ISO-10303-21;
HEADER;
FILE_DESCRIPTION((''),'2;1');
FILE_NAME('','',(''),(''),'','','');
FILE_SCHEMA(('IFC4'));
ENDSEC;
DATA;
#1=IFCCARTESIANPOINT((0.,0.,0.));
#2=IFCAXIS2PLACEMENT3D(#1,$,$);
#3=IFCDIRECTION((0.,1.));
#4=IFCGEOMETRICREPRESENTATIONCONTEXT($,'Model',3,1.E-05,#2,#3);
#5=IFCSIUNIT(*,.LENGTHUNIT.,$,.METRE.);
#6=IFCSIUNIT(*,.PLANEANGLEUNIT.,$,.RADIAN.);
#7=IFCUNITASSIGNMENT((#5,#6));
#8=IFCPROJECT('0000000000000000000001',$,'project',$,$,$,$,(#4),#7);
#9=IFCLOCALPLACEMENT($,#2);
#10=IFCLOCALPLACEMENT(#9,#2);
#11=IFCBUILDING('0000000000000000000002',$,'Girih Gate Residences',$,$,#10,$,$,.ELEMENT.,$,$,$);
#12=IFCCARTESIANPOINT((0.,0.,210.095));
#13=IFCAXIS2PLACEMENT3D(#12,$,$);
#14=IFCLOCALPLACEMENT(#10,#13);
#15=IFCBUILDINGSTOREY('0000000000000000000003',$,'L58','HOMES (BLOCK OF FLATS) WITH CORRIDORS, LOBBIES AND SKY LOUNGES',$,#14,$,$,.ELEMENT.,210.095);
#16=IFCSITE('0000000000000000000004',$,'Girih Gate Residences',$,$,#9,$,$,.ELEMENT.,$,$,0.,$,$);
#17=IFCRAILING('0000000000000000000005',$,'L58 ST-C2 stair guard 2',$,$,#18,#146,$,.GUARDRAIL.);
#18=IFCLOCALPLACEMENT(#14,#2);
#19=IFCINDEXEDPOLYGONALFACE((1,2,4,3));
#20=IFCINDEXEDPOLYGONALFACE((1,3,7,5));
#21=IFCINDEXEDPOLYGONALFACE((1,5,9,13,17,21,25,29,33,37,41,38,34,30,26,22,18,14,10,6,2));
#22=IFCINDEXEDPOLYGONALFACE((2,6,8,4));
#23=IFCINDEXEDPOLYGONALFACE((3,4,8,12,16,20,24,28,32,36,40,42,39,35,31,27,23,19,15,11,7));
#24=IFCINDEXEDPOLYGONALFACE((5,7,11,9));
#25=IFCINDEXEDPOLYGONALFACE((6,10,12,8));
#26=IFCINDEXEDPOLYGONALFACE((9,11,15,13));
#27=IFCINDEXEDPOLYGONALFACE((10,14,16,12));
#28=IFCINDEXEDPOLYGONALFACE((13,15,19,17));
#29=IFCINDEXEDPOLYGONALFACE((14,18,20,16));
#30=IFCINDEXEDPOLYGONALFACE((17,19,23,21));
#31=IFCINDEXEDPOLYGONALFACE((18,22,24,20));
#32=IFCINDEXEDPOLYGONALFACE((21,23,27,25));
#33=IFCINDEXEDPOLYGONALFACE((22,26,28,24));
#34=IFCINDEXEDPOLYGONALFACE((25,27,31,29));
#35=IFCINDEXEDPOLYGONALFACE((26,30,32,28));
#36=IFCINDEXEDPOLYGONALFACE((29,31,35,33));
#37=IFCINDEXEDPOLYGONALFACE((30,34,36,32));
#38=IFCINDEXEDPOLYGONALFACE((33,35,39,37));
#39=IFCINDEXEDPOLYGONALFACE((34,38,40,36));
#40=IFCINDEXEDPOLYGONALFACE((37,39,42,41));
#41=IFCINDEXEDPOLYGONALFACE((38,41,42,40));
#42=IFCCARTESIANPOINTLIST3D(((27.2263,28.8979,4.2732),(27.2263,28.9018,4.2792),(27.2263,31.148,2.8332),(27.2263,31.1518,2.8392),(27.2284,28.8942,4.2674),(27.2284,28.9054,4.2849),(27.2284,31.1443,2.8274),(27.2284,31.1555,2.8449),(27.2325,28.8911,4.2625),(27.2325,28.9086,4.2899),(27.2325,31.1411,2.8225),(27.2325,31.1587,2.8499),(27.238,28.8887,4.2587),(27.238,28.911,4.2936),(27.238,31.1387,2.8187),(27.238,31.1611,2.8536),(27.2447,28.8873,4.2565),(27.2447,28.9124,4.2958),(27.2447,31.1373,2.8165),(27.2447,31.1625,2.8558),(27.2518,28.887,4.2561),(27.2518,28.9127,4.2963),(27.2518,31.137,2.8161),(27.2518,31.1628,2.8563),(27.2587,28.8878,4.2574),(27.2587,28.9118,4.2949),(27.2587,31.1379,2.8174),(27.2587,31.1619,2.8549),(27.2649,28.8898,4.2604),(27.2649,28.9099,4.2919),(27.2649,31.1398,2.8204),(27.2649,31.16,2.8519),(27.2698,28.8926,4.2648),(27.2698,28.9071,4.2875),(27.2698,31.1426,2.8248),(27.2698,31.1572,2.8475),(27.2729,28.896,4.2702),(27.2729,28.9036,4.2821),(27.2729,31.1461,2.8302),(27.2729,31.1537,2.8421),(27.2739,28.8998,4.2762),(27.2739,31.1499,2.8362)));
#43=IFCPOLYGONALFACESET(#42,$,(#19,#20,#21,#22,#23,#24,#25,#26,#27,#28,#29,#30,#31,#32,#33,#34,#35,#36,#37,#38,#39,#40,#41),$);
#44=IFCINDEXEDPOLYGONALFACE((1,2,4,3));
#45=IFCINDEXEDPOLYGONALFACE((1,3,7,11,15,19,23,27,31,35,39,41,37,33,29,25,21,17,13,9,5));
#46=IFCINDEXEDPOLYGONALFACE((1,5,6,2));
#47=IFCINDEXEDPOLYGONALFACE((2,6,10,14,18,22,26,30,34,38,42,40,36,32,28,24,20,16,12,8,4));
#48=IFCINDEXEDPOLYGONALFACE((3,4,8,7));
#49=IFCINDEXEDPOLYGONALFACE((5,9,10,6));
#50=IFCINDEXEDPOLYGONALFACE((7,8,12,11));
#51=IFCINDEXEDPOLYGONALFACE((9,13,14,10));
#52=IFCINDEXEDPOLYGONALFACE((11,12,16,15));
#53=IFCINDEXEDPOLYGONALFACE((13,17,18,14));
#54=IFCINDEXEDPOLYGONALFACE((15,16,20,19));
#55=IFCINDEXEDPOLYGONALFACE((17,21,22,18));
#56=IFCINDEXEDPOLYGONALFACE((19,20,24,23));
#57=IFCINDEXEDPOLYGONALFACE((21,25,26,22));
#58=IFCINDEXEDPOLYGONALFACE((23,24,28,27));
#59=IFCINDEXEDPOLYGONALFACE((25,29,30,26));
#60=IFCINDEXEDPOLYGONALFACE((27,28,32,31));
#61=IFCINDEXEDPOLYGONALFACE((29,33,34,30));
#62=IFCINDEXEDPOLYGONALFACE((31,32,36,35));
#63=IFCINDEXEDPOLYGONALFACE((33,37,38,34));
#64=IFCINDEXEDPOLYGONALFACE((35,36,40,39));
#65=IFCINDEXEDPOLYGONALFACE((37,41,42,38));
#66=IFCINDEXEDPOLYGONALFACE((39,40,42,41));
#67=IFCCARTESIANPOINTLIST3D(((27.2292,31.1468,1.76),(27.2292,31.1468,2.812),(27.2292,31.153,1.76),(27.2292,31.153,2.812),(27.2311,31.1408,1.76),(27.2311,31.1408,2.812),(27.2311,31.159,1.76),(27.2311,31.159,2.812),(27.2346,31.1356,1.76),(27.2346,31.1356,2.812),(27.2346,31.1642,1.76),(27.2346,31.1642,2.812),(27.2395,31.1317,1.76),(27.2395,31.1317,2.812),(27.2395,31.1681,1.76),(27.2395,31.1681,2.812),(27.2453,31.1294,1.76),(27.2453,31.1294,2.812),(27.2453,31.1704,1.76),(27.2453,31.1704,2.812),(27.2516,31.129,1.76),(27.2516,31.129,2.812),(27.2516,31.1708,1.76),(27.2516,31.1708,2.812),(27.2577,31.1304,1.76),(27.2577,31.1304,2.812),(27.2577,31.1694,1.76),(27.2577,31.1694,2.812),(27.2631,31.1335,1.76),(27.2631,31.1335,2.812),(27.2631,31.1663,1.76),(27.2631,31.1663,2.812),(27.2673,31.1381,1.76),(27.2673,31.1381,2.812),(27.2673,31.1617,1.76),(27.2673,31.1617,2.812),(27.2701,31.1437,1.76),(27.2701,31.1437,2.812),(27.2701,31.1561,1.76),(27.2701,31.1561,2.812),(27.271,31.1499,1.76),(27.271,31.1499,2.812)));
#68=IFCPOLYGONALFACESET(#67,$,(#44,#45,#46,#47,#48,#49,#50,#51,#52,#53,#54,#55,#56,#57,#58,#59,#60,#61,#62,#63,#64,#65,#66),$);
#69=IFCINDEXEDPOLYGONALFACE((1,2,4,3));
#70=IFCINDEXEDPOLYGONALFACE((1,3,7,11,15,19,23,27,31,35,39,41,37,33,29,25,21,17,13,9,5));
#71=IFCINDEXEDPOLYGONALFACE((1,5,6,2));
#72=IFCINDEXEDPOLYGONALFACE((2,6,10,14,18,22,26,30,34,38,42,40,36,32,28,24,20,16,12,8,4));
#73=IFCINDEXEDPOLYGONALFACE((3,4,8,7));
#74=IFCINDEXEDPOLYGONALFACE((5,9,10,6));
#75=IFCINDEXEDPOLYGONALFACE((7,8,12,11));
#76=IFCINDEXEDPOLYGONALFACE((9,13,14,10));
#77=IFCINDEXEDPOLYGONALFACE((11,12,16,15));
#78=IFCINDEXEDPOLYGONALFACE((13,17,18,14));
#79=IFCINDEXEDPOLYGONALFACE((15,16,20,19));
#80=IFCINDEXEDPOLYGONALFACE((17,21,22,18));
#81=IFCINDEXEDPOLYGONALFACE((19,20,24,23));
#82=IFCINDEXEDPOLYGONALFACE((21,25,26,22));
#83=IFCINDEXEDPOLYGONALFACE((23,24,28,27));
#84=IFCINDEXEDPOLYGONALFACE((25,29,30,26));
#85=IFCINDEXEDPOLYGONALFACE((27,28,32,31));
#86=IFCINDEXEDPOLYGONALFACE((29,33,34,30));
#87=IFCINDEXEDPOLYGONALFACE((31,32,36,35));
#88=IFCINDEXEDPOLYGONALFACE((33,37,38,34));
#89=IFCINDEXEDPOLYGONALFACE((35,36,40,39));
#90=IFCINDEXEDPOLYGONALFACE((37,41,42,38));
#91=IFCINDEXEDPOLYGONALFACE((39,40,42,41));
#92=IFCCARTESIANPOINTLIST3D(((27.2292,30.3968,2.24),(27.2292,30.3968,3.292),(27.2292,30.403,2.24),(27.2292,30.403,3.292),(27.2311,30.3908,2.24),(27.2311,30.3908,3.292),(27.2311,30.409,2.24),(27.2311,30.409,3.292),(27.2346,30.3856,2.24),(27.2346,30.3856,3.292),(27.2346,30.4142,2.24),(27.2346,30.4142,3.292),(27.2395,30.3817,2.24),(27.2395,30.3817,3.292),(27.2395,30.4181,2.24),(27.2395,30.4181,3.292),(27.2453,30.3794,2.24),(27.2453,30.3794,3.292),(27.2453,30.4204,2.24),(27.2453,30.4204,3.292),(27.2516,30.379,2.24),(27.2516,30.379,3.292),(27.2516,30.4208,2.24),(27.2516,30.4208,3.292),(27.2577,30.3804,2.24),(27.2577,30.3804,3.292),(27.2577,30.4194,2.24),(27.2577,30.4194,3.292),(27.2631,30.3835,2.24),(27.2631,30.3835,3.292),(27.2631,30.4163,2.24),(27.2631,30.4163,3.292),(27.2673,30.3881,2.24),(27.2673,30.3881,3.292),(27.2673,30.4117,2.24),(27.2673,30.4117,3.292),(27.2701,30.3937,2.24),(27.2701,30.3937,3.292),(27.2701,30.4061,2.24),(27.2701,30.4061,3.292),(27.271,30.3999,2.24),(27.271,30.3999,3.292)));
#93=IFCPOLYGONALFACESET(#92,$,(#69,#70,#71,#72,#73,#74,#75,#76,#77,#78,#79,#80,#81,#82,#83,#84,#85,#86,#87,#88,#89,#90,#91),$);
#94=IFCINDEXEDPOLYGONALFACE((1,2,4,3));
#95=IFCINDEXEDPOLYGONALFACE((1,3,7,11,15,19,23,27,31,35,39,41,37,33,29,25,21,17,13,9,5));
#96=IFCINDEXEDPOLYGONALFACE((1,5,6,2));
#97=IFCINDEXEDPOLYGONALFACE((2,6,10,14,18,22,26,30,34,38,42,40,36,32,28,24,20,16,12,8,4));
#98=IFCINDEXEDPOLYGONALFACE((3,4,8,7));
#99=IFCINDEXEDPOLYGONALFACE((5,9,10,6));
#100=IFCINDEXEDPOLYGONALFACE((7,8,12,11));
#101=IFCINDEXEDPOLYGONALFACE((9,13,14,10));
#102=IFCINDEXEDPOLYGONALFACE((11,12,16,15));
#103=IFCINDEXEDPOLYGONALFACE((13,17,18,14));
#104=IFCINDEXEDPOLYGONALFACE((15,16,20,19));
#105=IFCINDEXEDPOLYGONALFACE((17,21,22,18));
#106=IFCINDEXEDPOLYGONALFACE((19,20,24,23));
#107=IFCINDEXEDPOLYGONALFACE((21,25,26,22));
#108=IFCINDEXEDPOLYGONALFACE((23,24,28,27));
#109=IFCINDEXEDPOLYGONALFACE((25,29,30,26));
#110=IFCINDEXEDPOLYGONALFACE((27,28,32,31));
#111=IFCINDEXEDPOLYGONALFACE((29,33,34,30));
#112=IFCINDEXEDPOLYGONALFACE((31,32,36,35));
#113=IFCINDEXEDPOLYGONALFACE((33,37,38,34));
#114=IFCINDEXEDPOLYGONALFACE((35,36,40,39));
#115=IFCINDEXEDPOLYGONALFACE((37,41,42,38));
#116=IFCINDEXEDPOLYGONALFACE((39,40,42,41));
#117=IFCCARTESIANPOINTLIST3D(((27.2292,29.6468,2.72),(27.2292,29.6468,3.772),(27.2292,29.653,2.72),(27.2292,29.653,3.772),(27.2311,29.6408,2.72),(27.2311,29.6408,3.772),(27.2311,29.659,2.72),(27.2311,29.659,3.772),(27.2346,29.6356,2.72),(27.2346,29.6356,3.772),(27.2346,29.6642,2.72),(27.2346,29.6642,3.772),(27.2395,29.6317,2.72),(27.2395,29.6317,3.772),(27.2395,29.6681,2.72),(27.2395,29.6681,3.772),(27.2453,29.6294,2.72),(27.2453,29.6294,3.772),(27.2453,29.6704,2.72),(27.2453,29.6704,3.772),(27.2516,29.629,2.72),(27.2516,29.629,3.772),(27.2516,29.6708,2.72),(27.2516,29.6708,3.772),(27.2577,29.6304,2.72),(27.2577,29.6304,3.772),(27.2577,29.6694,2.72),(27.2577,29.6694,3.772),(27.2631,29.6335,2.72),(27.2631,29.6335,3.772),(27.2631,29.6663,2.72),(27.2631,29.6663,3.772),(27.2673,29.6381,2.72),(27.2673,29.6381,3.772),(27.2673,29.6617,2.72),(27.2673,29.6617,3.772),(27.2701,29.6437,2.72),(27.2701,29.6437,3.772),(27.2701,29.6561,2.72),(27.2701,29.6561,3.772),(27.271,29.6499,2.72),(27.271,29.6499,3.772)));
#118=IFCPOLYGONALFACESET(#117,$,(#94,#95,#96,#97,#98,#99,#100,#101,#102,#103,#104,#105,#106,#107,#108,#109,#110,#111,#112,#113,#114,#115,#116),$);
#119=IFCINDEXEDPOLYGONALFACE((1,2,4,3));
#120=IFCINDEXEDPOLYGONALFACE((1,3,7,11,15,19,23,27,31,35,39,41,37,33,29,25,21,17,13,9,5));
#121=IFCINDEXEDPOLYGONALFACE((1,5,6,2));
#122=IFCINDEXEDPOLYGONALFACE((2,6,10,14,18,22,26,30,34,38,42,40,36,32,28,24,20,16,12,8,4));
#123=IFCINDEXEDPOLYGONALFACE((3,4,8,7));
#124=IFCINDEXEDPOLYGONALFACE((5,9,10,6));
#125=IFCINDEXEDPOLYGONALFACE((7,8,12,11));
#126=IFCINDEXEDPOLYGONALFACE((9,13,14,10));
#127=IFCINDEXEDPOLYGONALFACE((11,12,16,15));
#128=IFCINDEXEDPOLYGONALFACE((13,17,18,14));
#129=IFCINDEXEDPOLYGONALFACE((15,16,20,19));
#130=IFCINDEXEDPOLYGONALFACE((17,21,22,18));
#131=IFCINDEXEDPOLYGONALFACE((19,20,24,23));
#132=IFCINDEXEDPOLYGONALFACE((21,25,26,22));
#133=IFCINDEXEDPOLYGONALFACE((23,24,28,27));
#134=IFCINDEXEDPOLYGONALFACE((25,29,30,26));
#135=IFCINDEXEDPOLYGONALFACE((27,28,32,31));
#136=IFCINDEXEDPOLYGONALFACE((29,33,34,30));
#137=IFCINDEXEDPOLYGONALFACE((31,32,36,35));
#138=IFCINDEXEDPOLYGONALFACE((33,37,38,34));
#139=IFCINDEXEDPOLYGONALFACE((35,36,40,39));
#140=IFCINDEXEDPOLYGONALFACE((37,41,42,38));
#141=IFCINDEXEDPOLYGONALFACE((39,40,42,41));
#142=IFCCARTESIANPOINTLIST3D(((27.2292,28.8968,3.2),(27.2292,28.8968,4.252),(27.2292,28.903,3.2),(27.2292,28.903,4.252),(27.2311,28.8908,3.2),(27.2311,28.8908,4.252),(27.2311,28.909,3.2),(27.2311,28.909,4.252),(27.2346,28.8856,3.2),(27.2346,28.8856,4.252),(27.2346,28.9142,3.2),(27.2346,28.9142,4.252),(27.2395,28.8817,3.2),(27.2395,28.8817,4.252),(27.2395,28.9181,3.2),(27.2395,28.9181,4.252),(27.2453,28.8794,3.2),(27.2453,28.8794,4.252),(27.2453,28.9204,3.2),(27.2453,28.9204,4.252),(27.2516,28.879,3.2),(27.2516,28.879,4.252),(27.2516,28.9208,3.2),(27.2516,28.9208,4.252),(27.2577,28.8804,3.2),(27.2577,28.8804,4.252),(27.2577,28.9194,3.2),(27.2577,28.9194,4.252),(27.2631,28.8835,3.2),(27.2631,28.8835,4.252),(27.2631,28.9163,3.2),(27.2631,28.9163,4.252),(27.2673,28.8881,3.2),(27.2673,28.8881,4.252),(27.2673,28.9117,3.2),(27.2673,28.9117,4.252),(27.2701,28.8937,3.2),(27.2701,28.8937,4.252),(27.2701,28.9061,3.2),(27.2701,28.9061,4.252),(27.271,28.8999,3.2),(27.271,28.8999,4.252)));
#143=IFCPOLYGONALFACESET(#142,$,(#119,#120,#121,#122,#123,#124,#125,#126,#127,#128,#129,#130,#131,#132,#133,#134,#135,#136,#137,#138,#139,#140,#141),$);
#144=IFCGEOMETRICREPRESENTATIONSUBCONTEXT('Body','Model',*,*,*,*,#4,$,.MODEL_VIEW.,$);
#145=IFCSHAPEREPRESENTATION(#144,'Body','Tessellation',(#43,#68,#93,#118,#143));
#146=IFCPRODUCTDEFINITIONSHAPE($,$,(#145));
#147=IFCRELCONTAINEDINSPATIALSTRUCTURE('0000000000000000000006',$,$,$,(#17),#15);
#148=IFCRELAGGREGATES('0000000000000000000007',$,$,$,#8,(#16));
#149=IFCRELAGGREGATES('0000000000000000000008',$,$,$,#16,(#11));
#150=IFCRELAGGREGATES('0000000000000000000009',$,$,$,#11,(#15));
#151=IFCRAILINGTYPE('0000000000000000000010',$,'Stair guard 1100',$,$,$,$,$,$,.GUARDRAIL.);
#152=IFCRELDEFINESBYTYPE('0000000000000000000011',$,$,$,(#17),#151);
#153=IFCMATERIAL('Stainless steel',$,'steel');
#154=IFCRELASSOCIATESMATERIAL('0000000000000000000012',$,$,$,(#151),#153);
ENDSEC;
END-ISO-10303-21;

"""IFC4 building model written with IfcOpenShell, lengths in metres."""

from ifc_helpers import new_model, si_unit, direction, frame, origin, origin_2d, place, context, subcontext, project, spatial, circle, extrude, material, type_object, element, save


model = new_model("IFC4")

# Units and contexts
model_context = context("Model", 3, precision=1e-05, world=origin(), true_north=direction((0.0, 1.0)))
body_context = subcontext(model_context, "Body", "Model", "MODEL_VIEW")
ifc_project = project(units=[si_unit("LENGTHUNIT", "METRE"), si_unit("PLANEANGLEUNIT", "RADIAN")], contexts=[model_context])

# Site, building, storey
site_placement = place(None, origin())
site = spatial("IfcSite", under=ifc_project, at=site_placement, Name="Girih Gate Residences", CompositionType="ELEMENT", RefElevation=0.0)
building_placement = place(site_placement, origin())
building = spatial("IfcBuilding", under=site, at=building_placement, Name="Girih Gate Residences", CompositionType="ELEMENT")
storey_placement = place(building_placement, frame((0.0, 0.0, 210.095)))
storey = spatial("IfcBuildingStorey", under=building, at=storey_placement, Name="L58", Description="HOMES (BLOCK OF FLATS) WITH CORRIDORS, LOBBIES AND SKY LOUNGES", CompositionType="ELEMENT", Elevation=210.095)

# Railing
ifc_material_1 = material(Name="Stainless steel", Category="steel")
railing_type_1 = type_object("IfcRailingType", Name="Stair guard 1100", PredefinedType="GUARDRAIL", material=ifc_material_1)
railing_1_placement = place(storey_placement, frame((27.25, 31.1499, 1.76)))
element("IfcRailing", 1, at=railing_1_placement, inside=storey, type_object=railing_type_1, Name="L58 ST-C2 stair guard 2", PredefinedType="GUARDRAIL", context=body_context, shape_type="SweptSolid", body=[
    extrude(circle(Radius=0.0239, at=origin_2d()), frame((0.0, 0.0, 1.0762), z_axis=(0.0, -0.842281, 0.539038), x_axis=(1.0, 0.0, 0.0)), (0.0, 0.0, 1.0), 2.6714),
    extrude(circle(Radius=0.021, at=origin_2d()), origin(), (0.0, 0.0, 1.0), 1.052),
    extrude(circle(Radius=0.021, at=origin_2d()), frame((0.0, -0.75, 0.48)), (0.0, 0.0, 1.0), 1.052),
    extrude(circle(Radius=0.021, at=origin_2d()), frame((0.0, -1.5, 0.96)), (0.0, 0.0, 1.0), 1.052),
    extrude(circle(Radius=0.021, at=origin_2d()), frame((0.0, -2.25, 1.4399)), (0.0, 0.0, 1.0), 1.052),
])

save(model, "model.ifc")
